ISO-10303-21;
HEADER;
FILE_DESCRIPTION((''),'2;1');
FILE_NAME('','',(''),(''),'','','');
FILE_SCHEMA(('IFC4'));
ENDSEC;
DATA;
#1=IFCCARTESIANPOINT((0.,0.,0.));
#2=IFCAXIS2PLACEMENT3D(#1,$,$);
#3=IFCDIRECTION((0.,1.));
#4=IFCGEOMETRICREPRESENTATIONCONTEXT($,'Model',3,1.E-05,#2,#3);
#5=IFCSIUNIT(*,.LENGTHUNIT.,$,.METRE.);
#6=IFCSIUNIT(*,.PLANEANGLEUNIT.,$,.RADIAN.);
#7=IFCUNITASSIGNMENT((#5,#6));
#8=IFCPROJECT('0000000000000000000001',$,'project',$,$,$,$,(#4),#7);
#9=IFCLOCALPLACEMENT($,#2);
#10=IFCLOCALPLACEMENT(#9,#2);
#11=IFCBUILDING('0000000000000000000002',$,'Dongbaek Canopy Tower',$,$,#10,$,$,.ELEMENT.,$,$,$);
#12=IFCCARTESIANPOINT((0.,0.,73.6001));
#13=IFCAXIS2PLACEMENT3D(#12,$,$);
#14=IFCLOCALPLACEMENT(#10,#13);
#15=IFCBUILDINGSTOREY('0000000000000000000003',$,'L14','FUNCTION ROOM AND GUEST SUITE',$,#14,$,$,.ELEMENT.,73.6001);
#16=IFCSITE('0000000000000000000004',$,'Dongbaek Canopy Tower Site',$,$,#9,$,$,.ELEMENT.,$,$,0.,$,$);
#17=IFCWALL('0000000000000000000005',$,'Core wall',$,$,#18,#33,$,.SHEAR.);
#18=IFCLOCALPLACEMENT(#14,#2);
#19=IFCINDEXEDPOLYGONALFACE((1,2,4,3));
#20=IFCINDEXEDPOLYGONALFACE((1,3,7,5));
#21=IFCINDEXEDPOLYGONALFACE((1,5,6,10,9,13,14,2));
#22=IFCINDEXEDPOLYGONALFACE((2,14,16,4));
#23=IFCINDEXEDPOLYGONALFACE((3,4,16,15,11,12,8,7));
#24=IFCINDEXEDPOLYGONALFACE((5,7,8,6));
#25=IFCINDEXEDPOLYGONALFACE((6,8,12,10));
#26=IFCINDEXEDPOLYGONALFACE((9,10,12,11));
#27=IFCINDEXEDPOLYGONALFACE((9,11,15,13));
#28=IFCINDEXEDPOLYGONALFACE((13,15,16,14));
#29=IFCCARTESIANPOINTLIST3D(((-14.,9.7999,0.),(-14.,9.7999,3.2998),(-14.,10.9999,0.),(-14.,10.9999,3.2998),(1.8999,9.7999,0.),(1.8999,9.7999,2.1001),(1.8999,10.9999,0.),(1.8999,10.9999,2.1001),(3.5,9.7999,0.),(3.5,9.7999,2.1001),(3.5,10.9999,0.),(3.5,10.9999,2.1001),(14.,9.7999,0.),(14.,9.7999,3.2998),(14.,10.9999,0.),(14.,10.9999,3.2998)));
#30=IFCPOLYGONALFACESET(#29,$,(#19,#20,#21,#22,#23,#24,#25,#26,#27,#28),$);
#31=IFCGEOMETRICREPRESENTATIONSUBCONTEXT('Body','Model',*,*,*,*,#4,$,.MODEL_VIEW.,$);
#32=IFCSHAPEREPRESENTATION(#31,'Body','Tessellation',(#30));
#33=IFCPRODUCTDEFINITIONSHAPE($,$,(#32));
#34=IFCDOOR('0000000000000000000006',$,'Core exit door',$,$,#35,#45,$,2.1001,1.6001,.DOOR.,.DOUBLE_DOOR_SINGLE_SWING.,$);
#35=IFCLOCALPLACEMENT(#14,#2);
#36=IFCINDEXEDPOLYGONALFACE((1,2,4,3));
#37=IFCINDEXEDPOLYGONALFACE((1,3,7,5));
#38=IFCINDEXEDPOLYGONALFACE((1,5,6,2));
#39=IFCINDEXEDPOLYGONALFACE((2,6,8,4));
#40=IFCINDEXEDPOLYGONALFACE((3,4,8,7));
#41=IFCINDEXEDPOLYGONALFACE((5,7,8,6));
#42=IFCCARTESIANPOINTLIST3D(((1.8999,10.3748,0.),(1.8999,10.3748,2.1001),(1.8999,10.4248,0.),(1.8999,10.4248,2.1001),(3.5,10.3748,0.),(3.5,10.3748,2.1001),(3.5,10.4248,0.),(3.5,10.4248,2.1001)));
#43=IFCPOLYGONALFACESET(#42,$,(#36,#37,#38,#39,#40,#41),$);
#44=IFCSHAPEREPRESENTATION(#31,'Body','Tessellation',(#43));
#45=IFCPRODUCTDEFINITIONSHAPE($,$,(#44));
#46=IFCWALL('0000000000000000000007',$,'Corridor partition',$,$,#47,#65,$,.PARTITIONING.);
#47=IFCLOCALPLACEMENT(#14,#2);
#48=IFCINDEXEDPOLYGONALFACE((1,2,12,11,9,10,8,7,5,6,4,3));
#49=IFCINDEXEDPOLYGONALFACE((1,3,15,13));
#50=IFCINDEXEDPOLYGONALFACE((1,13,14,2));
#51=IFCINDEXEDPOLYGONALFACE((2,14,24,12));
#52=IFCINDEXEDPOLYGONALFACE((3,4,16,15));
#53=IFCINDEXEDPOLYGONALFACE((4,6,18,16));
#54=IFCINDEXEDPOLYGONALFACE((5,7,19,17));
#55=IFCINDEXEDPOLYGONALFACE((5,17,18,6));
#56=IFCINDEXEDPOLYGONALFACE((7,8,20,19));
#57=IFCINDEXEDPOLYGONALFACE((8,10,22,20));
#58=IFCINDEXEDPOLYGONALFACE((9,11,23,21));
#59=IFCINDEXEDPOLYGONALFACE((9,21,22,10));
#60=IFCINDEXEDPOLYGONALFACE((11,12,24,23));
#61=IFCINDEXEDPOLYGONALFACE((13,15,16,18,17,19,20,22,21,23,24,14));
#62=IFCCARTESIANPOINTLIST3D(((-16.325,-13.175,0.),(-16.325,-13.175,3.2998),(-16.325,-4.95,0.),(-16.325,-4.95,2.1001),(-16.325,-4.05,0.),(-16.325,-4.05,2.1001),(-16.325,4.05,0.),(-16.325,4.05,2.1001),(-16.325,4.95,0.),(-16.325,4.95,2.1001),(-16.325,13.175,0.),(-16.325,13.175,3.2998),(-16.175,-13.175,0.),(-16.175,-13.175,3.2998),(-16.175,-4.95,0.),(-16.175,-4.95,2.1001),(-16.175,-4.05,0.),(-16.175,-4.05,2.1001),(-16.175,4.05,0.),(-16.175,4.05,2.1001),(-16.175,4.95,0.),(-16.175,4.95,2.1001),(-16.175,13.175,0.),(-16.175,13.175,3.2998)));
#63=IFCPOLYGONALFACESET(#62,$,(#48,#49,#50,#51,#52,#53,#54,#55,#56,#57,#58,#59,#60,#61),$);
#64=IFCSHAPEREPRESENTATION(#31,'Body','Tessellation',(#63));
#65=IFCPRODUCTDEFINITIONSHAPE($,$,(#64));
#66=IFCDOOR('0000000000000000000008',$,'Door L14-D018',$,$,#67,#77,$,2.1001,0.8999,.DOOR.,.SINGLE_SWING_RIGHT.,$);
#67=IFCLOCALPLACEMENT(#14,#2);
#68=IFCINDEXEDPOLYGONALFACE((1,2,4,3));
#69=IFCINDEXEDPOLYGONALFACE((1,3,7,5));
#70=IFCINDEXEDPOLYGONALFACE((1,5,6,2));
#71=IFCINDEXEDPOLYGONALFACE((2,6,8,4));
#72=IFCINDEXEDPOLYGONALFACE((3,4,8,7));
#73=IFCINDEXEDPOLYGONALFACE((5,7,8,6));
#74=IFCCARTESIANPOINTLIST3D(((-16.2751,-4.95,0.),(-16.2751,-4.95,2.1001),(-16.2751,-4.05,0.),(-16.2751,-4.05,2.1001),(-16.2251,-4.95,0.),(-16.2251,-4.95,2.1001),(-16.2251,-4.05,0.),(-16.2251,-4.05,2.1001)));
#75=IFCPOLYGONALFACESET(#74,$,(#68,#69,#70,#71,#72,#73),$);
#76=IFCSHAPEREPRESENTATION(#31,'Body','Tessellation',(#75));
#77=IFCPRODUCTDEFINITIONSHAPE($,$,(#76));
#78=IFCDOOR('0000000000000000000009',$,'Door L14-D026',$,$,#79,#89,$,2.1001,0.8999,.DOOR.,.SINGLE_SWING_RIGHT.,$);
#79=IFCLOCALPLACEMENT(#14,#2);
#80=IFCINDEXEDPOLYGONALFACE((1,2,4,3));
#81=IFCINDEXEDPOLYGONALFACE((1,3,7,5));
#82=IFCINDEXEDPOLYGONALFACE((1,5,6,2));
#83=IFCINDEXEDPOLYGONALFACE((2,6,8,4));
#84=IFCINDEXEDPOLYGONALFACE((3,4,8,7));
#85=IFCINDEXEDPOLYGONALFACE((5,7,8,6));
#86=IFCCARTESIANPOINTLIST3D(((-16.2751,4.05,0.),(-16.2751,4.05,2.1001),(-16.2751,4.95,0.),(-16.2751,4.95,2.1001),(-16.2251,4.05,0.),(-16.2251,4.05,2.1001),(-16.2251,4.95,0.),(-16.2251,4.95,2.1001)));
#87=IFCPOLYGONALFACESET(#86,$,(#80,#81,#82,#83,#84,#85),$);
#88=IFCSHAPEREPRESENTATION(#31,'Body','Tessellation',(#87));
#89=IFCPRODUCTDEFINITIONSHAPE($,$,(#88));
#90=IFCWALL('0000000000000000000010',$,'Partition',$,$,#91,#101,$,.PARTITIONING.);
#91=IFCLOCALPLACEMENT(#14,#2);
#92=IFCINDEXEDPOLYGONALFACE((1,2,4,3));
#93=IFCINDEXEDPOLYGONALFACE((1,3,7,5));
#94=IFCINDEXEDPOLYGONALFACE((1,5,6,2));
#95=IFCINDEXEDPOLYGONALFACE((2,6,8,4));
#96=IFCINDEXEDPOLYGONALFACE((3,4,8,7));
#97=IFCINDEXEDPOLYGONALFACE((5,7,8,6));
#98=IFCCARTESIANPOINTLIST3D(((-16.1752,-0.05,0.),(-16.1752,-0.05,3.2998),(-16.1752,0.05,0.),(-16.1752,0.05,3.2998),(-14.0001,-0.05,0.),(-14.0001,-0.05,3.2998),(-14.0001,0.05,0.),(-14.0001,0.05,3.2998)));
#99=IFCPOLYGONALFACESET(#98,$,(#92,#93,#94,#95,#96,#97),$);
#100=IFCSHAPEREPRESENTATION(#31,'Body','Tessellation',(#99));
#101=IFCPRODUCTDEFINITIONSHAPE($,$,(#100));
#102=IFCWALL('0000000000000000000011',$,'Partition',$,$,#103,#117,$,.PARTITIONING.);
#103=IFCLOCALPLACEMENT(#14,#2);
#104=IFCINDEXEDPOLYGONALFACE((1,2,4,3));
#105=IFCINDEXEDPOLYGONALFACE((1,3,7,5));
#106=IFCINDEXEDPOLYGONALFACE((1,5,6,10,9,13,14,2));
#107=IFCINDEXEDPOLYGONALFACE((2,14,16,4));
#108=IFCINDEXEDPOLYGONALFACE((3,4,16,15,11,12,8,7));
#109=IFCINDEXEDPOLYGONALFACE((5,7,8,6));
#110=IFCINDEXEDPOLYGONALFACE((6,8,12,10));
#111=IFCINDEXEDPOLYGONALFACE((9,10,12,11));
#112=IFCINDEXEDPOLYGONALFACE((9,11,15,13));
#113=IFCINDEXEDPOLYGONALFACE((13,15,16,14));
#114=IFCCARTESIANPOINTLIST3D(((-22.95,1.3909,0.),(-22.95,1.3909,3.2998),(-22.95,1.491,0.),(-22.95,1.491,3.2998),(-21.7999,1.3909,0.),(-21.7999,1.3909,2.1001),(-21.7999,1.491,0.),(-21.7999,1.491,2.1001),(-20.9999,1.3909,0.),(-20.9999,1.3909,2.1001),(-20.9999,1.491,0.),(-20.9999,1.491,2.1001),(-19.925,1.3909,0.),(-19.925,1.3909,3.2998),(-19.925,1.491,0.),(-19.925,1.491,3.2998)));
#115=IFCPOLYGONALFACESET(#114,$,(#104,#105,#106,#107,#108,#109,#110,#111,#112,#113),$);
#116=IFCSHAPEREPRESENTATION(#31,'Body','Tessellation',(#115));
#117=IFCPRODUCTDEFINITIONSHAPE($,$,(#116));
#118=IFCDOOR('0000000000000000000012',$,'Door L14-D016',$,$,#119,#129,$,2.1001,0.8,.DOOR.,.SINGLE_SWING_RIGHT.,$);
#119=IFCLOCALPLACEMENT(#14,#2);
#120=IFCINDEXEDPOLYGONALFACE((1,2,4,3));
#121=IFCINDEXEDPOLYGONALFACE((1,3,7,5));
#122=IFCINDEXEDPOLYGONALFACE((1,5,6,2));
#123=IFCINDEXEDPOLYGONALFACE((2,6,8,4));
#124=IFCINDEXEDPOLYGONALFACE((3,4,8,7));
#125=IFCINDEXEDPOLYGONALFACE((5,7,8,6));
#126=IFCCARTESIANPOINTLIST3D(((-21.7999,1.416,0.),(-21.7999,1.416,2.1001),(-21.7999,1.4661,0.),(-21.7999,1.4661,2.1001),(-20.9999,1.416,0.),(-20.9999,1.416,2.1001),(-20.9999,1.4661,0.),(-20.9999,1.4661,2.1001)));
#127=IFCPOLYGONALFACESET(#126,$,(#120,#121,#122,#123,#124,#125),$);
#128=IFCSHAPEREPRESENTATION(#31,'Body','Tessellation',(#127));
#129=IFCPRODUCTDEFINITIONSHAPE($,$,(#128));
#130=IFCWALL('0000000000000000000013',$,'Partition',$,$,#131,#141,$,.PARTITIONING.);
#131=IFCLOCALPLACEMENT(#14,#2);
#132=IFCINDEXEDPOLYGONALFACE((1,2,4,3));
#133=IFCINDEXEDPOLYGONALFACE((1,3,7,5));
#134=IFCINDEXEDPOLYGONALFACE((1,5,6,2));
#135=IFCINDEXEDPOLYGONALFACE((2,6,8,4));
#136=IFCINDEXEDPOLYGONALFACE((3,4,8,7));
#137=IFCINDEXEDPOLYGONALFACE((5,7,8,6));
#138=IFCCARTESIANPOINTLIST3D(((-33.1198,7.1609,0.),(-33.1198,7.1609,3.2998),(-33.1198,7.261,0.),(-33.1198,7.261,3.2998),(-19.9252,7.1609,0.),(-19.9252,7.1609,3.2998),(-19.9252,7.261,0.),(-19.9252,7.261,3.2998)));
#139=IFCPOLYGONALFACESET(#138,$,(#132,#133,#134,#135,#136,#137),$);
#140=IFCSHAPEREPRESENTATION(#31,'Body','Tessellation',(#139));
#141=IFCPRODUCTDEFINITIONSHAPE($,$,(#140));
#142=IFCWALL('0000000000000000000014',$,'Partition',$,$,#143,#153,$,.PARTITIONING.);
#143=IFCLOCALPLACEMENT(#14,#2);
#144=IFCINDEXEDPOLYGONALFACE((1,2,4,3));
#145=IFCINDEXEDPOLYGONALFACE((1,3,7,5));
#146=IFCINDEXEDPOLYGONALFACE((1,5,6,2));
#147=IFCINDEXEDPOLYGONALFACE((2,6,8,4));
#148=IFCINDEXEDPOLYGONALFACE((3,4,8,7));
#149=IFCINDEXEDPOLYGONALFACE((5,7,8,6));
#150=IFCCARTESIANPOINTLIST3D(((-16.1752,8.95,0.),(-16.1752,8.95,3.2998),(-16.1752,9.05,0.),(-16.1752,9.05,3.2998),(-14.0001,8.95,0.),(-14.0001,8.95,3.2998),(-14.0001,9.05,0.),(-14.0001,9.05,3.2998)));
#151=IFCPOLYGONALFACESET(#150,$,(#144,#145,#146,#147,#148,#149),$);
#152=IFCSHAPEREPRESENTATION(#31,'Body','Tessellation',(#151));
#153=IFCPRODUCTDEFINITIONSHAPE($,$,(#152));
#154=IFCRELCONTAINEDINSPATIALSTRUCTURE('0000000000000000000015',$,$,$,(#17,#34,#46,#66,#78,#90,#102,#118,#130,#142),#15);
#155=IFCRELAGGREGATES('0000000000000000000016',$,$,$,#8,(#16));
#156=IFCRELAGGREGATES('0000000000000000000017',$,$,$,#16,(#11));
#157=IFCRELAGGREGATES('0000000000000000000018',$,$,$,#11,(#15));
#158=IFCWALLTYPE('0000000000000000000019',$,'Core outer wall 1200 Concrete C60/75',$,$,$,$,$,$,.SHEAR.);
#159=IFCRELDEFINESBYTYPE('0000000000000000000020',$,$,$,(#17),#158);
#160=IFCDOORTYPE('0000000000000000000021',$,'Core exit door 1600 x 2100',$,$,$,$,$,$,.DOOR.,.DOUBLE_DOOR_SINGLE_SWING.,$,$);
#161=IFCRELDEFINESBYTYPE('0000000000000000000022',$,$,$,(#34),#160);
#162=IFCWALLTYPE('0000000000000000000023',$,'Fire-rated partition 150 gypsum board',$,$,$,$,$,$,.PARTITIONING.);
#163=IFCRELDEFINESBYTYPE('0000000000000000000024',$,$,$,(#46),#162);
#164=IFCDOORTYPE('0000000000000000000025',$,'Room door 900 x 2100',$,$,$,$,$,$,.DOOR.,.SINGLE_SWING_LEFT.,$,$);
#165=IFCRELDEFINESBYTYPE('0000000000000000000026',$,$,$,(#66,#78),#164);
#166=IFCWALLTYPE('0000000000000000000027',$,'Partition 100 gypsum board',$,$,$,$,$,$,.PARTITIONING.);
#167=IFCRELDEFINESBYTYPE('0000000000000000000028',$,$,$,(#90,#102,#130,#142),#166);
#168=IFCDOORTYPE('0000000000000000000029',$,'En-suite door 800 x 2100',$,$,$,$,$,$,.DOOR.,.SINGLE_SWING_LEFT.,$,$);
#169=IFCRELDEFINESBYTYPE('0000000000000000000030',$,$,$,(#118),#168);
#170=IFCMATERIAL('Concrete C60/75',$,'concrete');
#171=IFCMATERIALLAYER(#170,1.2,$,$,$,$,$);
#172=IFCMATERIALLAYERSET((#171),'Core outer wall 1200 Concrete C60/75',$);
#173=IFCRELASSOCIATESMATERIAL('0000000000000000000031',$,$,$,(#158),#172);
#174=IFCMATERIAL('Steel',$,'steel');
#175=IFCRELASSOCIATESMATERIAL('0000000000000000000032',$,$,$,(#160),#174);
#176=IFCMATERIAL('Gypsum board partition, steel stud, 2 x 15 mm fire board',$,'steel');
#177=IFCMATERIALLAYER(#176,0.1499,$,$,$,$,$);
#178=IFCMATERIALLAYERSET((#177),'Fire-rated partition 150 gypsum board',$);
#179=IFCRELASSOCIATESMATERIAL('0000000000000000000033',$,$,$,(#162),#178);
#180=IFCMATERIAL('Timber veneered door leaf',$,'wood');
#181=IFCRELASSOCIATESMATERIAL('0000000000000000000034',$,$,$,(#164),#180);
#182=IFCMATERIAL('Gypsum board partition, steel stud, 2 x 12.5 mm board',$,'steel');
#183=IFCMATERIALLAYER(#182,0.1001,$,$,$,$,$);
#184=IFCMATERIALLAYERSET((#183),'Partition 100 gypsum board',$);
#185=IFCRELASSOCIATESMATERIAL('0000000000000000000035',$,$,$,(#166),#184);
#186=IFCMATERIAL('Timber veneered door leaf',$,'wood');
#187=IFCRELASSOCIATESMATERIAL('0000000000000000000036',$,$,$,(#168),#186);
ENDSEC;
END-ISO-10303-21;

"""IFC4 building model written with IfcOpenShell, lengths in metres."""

from ifc_helpers import new_model, si_unit, direction, frame, frame_2d, origin, place, context, subcontext, project, spatial, rectangle, extrude, material, layer, layer_set, type_object, element, fill, save


model = new_model("IFC4")

# Units and contexts
model_context = context("Model", 3, precision=1e-05, world=origin(), true_north=direction((0.0, 1.0)))
body_context = subcontext(model_context, "Body", "Model", "MODEL_VIEW")
ifc_project = project(units=[si_unit("LENGTHUNIT", "METRE"), si_unit("PLANEANGLEUNIT", "RADIAN")], contexts=[model_context])

# Site, building, storey
site_placement = place(None, origin())
site = spatial("IfcSite", under=ifc_project, at=site_placement, Name="Dongbaek Canopy Tower Site", CompositionType="ELEMENT", RefElevation=0.0)
building_placement = place(site_placement, origin())
building = spatial("IfcBuilding", under=site, at=building_placement, Name="Dongbaek Canopy Tower", CompositionType="ELEMENT")
storey_placement = place(building_placement, frame((0.0, 0.0, 73.6001)))
storey = spatial("IfcBuildingStorey", under=building, at=storey_placement, Name="L14", Description="FUNCTION ROOM AND GUEST SUITE", CompositionType="ELEMENT", Elevation=73.6001)

# Wall, opening, door
ifc_material_1 = material(Name="Concrete C60/75", Category="concrete")
ifc_layer_1 = layer(ifc_material_1, 1.2)
ifc_layer_set_1 = layer_set([ifc_layer_1], Name="Core outer wall 1200 Concrete C60/75")
wall_type_1 = type_object("IfcWallType", Name="Core outer wall 1200 Concrete C60/75", PredefinedType="SHEAR", material=ifc_layer_set_1)
wall_1_placement = place(storey_placement, frame((-14.0, 10.3999, 0.0), z_axis=(0.0, 0.0, 1.0), x_axis=(1.0, 0.0, 0.0)))
wall_1 = element("IfcWall", 1, at=wall_1_placement, inside=storey, type_object=wall_type_1, Name="Core wall", PredefinedType="SHEAR", context=body_context, shape_type="SweptSolid", body=[
    extrude(rectangle(XDim=28.0, YDim=1.2, at=frame_2d((14.0, 0.0))), origin(), (0.0, 0.0, 1.0), 3.2998),
])
opening_1_placement = place(wall_1_placement, frame((15.8999, 0.0, 0.0)))
opening_1 = element("IfcOpeningElement", 2, at=opening_1_placement, cuts=wall_1, PredefinedType="OPENING", context=body_context, shape_type="SweptSolid", body=[
    extrude(rectangle(XDim=1.6001, YDim=2.1001, at=frame_2d((0.8, 1.05))), frame((0.0, 0.6099, 0.0), z_axis=(0.0, -1.0, 0.0), x_axis=(1.0, 0.0, 0.0)), (0.0, 0.0, 1.0), 1.22),
])
ifc_material_2 = material(Name="Steel", Category="steel")
door_type_1 = type_object("IfcDoorType", Name="Core exit door 1600 x 2100", OperationType="DOUBLE_DOOR_SINGLE_SWING", PredefinedType="DOOR", material=ifc_material_2)
door_1_placement = place(opening_1_placement, origin())
door_1 = element("IfcDoor", 3, at=door_1_placement, inside=storey, type_object=door_type_1, Name="Core exit door", OperationType="DOUBLE_DOOR_SINGLE_SWING", OverallHeight=2.1001, OverallWidth=1.6001, PredefinedType="DOOR", context=body_context, shape_type="SweptSolid", body=[
    extrude(rectangle(XDim=1.6001, YDim=2.1001, at=frame_2d((0.8, 1.05))), frame((0.0, 0.0249, 0.0), z_axis=(0.0, -1.0, 0.0), x_axis=(1.0, 0.0, 0.0)), (0.0, 0.0, 1.0), 0.05),
])
fill(opening_1, door_1)

# Wall, openings, doors
ifc_material_3 = material(Name="Gypsum board partition, steel stud, 2 x 15 mm fire board", Category="steel")
ifc_layer_2 = layer(ifc_material_3, 0.1499)
ifc_layer_set_2 = layer_set([ifc_layer_2], Name="Fire-rated partition 150 gypsum board")
wall_type_2 = type_object("IfcWallType", Name="Fire-rated partition 150 gypsum board", PredefinedType="PARTITIONING", material=ifc_layer_set_2)
wall_2_placement = place(storey_placement, frame((-16.25, 13.175, 0.0), z_axis=(0.0, 0.0, 1.0), x_axis=(0.0, -1.0, 0.0)))
wall_2 = element("IfcWall", 4, at=wall_2_placement, inside=storey, type_object=wall_type_2, Name="Corridor partition", PredefinedType="PARTITIONING", context=body_context, shape_type="SweptSolid", body=[
    extrude(rectangle(XDim=26.3501, YDim=0.1499, at=frame_2d((13.175, 0.0))), origin(), (0.0, 0.0, 1.0), 3.2998),
])
opening_2_placement = place(wall_2_placement, frame((17.2251, 0.0, 0.0)))
opening_2 = element("IfcOpeningElement", 5, at=opening_2_placement, cuts=wall_2, PredefinedType="OPENING", context=body_context, shape_type="SweptSolid", body=[
    extrude(rectangle(XDim=0.8999, YDim=2.1001, at=frame_2d((0.45, 1.05))), frame((0.0, 0.085, 0.0), z_axis=(0.0, -1.0, 0.0), x_axis=(1.0, 0.0, 0.0)), (0.0, 0.0, 1.0), 0.1699),
])
opening_3_placement = place(wall_2_placement, frame((8.2251, 0.0, 0.0)))
opening_3 = element("IfcOpeningElement", 6, at=opening_3_placement, cuts=wall_2, PredefinedType="OPENING", context=body_context, shape_type="SweptSolid", body=[
    extrude(rectangle(XDim=0.8999, YDim=2.1001, at=frame_2d((0.45, 1.05))), frame((0.0, 0.085, 0.0), z_axis=(0.0, -1.0, 0.0), x_axis=(1.0, 0.0, 0.0)), (0.0, 0.0, 1.0), 0.1699),
])
ifc_material_4 = material(Name="Timber veneered door leaf", Category="wood")
door_type_2 = type_object("IfcDoorType", Name="Room door 900 x 2100", OperationType="SINGLE_SWING_LEFT", PredefinedType="DOOR", material=ifc_material_4)
door_2_placement = place(opening_2_placement, origin())
door_2 = element("IfcDoor", 7, at=door_2_placement, inside=storey, type_object=door_type_2, Name="Door L14-D018", OperationType="SINGLE_SWING_RIGHT", OverallHeight=2.1001, OverallWidth=0.8999, PredefinedType="DOOR", context=body_context, shape_type="SweptSolid", body=[
    extrude(rectangle(XDim=0.8999, YDim=2.1001, at=frame_2d((0.45, 1.05))), frame((0.0, 0.0249, 0.0), z_axis=(0.0, -1.0, 0.0), x_axis=(1.0, 0.0, 0.0)), (0.0, 0.0, 1.0), 0.05),
])
fill(opening_2, door_2)
door_3_placement = place(opening_3_placement, origin())
door_3 = element("IfcDoor", 8, at=door_3_placement, inside=storey, type_object=door_type_2, Name="Door L14-D026", OperationType="SINGLE_SWING_RIGHT", OverallHeight=2.1001, OverallWidth=0.8999, PredefinedType="DOOR", context=body_context, shape_type="SweptSolid", body=[
    extrude(rectangle(XDim=0.8999, YDim=2.1001, at=frame_2d((0.45, 1.05))), frame((0.0, 0.0249, 0.0), z_axis=(0.0, -1.0, 0.0), x_axis=(1.0, 0.0, 0.0)), (0.0, 0.0, 1.0), 0.05),
])
fill(opening_3, door_3)

# Wall
ifc_material_5 = material(Name="Gypsum board partition, steel stud, 2 x 12.5 mm board", Category="steel")
ifc_layer_3 = layer(ifc_material_5, 0.1001)
ifc_layer_set_3 = layer_set([ifc_layer_3], Name="Partition 100 gypsum board")
wall_type_3 = type_object("IfcWallType", Name="Partition 100 gypsum board", PredefinedType="PARTITIONING", material=ifc_layer_set_3)
wall_3_placement = place(storey_placement, frame((-16.175, 0.0, 0.0), z_axis=(0.0, 0.0, 1.0), x_axis=(1.0, 0.0, 0.0)))
element("IfcWall", 9, at=wall_3_placement, inside=storey, type_object=wall_type_3, Name="Partition", PredefinedType="PARTITIONING", context=body_context, shape_type="SweptSolid", body=[
    extrude(rectangle(XDim=2.175, YDim=0.1001, at=frame_2d((1.0874, 0.0))), origin(), (0.0, 0.0, 1.0), 3.2998),
])

# Wall, opening, door
wall_4_placement = place(storey_placement, frame((-19.925, 1.4409, 0.0), z_axis=(0.0, 0.0, 1.0), x_axis=(-1.0, 0.0, 0.0)))
wall_4 = element("IfcWall", 10, at=wall_4_placement, inside=storey, type_object=wall_type_3, Name="Partition", PredefinedType="PARTITIONING", context=body_context, shape_type="SweptSolid", body=[
    extrude(rectangle(XDim=3.0249, YDim=0.1001, at=frame_2d((1.5125, 0.0))), origin(), (0.0, 0.0, 1.0), 3.2998),
])
opening_4_placement = place(wall_4_placement, frame((1.075, 0.0, 0.0)))
opening_4 = element("IfcOpeningElement", 11, at=opening_4_placement, cuts=wall_4, PredefinedType="OPENING", context=body_context, shape_type="SweptSolid", body=[
    extrude(rectangle(XDim=0.8, YDim=2.1001, at=frame_2d((0.3999, 1.05))), frame((0.0, 0.0601, 0.0), z_axis=(0.0, -1.0, 0.0), x_axis=(1.0, 0.0, 0.0)), (0.0, 0.0, 1.0), 0.1201),
])
ifc_material_6 = material(Name="Timber veneered door leaf", Category="wood")
door_type_3 = type_object("IfcDoorType", Name="En-suite door 800 x 2100", OperationType="SINGLE_SWING_LEFT", PredefinedType="DOOR", material=ifc_material_6)
door_4_placement = place(opening_4_placement, origin())
door_4 = element("IfcDoor", 12, at=door_4_placement, inside=storey, type_object=door_type_3, Name="Door L14-D016", OperationType="SINGLE_SWING_RIGHT", OverallHeight=2.1001, OverallWidth=0.8, PredefinedType="DOOR", context=body_context, shape_type="SweptSolid", body=[
    extrude(rectangle(XDim=0.8, YDim=2.1001, at=frame_2d((0.3999, 1.05))), frame((0.0, 0.0249, 0.0), z_axis=(0.0, -1.0, 0.0), x_axis=(1.0, 0.0, 0.0)), (0.0, 0.0, 1.0), 0.05),
])
fill(opening_4, door_4)

# Walls
wall_5_placement = place(storey_placement, frame((-33.1196, 7.2109, 0.0), z_axis=(0.0, 0.0, 1.0), x_axis=(1.0, 0.0, 0.0)))
element("IfcWall", 13, at=wall_5_placement, inside=storey, type_object=wall_type_3, Name="Partition", PredefinedType="PARTITIONING", context=body_context, shape_type="SweptSolid", body=[
    extrude(rectangle(XDim=13.1946, YDim=0.1001, at=frame_2d((6.5972, 0.0))), origin(), (0.0, 0.0, 1.0), 3.2998),
])
wall_6_placement = place(storey_placement, frame((-16.175, 9.0, 0.0), z_axis=(0.0, 0.0, 1.0), x_axis=(1.0, 0.0, 0.0)))
element("IfcWall", 14, at=wall_6_placement, inside=storey, type_object=wall_type_3, Name="Partition", PredefinedType="PARTITIONING", context=body_context, shape_type="SweptSolid", body=[
    extrude(rectangle(XDim=2.175, YDim=0.1001, at=frame_2d((1.0874, 0.0))), origin(), (0.0, 0.0, 1.0), 3.2998),
])

save(model, "model.ifc")
